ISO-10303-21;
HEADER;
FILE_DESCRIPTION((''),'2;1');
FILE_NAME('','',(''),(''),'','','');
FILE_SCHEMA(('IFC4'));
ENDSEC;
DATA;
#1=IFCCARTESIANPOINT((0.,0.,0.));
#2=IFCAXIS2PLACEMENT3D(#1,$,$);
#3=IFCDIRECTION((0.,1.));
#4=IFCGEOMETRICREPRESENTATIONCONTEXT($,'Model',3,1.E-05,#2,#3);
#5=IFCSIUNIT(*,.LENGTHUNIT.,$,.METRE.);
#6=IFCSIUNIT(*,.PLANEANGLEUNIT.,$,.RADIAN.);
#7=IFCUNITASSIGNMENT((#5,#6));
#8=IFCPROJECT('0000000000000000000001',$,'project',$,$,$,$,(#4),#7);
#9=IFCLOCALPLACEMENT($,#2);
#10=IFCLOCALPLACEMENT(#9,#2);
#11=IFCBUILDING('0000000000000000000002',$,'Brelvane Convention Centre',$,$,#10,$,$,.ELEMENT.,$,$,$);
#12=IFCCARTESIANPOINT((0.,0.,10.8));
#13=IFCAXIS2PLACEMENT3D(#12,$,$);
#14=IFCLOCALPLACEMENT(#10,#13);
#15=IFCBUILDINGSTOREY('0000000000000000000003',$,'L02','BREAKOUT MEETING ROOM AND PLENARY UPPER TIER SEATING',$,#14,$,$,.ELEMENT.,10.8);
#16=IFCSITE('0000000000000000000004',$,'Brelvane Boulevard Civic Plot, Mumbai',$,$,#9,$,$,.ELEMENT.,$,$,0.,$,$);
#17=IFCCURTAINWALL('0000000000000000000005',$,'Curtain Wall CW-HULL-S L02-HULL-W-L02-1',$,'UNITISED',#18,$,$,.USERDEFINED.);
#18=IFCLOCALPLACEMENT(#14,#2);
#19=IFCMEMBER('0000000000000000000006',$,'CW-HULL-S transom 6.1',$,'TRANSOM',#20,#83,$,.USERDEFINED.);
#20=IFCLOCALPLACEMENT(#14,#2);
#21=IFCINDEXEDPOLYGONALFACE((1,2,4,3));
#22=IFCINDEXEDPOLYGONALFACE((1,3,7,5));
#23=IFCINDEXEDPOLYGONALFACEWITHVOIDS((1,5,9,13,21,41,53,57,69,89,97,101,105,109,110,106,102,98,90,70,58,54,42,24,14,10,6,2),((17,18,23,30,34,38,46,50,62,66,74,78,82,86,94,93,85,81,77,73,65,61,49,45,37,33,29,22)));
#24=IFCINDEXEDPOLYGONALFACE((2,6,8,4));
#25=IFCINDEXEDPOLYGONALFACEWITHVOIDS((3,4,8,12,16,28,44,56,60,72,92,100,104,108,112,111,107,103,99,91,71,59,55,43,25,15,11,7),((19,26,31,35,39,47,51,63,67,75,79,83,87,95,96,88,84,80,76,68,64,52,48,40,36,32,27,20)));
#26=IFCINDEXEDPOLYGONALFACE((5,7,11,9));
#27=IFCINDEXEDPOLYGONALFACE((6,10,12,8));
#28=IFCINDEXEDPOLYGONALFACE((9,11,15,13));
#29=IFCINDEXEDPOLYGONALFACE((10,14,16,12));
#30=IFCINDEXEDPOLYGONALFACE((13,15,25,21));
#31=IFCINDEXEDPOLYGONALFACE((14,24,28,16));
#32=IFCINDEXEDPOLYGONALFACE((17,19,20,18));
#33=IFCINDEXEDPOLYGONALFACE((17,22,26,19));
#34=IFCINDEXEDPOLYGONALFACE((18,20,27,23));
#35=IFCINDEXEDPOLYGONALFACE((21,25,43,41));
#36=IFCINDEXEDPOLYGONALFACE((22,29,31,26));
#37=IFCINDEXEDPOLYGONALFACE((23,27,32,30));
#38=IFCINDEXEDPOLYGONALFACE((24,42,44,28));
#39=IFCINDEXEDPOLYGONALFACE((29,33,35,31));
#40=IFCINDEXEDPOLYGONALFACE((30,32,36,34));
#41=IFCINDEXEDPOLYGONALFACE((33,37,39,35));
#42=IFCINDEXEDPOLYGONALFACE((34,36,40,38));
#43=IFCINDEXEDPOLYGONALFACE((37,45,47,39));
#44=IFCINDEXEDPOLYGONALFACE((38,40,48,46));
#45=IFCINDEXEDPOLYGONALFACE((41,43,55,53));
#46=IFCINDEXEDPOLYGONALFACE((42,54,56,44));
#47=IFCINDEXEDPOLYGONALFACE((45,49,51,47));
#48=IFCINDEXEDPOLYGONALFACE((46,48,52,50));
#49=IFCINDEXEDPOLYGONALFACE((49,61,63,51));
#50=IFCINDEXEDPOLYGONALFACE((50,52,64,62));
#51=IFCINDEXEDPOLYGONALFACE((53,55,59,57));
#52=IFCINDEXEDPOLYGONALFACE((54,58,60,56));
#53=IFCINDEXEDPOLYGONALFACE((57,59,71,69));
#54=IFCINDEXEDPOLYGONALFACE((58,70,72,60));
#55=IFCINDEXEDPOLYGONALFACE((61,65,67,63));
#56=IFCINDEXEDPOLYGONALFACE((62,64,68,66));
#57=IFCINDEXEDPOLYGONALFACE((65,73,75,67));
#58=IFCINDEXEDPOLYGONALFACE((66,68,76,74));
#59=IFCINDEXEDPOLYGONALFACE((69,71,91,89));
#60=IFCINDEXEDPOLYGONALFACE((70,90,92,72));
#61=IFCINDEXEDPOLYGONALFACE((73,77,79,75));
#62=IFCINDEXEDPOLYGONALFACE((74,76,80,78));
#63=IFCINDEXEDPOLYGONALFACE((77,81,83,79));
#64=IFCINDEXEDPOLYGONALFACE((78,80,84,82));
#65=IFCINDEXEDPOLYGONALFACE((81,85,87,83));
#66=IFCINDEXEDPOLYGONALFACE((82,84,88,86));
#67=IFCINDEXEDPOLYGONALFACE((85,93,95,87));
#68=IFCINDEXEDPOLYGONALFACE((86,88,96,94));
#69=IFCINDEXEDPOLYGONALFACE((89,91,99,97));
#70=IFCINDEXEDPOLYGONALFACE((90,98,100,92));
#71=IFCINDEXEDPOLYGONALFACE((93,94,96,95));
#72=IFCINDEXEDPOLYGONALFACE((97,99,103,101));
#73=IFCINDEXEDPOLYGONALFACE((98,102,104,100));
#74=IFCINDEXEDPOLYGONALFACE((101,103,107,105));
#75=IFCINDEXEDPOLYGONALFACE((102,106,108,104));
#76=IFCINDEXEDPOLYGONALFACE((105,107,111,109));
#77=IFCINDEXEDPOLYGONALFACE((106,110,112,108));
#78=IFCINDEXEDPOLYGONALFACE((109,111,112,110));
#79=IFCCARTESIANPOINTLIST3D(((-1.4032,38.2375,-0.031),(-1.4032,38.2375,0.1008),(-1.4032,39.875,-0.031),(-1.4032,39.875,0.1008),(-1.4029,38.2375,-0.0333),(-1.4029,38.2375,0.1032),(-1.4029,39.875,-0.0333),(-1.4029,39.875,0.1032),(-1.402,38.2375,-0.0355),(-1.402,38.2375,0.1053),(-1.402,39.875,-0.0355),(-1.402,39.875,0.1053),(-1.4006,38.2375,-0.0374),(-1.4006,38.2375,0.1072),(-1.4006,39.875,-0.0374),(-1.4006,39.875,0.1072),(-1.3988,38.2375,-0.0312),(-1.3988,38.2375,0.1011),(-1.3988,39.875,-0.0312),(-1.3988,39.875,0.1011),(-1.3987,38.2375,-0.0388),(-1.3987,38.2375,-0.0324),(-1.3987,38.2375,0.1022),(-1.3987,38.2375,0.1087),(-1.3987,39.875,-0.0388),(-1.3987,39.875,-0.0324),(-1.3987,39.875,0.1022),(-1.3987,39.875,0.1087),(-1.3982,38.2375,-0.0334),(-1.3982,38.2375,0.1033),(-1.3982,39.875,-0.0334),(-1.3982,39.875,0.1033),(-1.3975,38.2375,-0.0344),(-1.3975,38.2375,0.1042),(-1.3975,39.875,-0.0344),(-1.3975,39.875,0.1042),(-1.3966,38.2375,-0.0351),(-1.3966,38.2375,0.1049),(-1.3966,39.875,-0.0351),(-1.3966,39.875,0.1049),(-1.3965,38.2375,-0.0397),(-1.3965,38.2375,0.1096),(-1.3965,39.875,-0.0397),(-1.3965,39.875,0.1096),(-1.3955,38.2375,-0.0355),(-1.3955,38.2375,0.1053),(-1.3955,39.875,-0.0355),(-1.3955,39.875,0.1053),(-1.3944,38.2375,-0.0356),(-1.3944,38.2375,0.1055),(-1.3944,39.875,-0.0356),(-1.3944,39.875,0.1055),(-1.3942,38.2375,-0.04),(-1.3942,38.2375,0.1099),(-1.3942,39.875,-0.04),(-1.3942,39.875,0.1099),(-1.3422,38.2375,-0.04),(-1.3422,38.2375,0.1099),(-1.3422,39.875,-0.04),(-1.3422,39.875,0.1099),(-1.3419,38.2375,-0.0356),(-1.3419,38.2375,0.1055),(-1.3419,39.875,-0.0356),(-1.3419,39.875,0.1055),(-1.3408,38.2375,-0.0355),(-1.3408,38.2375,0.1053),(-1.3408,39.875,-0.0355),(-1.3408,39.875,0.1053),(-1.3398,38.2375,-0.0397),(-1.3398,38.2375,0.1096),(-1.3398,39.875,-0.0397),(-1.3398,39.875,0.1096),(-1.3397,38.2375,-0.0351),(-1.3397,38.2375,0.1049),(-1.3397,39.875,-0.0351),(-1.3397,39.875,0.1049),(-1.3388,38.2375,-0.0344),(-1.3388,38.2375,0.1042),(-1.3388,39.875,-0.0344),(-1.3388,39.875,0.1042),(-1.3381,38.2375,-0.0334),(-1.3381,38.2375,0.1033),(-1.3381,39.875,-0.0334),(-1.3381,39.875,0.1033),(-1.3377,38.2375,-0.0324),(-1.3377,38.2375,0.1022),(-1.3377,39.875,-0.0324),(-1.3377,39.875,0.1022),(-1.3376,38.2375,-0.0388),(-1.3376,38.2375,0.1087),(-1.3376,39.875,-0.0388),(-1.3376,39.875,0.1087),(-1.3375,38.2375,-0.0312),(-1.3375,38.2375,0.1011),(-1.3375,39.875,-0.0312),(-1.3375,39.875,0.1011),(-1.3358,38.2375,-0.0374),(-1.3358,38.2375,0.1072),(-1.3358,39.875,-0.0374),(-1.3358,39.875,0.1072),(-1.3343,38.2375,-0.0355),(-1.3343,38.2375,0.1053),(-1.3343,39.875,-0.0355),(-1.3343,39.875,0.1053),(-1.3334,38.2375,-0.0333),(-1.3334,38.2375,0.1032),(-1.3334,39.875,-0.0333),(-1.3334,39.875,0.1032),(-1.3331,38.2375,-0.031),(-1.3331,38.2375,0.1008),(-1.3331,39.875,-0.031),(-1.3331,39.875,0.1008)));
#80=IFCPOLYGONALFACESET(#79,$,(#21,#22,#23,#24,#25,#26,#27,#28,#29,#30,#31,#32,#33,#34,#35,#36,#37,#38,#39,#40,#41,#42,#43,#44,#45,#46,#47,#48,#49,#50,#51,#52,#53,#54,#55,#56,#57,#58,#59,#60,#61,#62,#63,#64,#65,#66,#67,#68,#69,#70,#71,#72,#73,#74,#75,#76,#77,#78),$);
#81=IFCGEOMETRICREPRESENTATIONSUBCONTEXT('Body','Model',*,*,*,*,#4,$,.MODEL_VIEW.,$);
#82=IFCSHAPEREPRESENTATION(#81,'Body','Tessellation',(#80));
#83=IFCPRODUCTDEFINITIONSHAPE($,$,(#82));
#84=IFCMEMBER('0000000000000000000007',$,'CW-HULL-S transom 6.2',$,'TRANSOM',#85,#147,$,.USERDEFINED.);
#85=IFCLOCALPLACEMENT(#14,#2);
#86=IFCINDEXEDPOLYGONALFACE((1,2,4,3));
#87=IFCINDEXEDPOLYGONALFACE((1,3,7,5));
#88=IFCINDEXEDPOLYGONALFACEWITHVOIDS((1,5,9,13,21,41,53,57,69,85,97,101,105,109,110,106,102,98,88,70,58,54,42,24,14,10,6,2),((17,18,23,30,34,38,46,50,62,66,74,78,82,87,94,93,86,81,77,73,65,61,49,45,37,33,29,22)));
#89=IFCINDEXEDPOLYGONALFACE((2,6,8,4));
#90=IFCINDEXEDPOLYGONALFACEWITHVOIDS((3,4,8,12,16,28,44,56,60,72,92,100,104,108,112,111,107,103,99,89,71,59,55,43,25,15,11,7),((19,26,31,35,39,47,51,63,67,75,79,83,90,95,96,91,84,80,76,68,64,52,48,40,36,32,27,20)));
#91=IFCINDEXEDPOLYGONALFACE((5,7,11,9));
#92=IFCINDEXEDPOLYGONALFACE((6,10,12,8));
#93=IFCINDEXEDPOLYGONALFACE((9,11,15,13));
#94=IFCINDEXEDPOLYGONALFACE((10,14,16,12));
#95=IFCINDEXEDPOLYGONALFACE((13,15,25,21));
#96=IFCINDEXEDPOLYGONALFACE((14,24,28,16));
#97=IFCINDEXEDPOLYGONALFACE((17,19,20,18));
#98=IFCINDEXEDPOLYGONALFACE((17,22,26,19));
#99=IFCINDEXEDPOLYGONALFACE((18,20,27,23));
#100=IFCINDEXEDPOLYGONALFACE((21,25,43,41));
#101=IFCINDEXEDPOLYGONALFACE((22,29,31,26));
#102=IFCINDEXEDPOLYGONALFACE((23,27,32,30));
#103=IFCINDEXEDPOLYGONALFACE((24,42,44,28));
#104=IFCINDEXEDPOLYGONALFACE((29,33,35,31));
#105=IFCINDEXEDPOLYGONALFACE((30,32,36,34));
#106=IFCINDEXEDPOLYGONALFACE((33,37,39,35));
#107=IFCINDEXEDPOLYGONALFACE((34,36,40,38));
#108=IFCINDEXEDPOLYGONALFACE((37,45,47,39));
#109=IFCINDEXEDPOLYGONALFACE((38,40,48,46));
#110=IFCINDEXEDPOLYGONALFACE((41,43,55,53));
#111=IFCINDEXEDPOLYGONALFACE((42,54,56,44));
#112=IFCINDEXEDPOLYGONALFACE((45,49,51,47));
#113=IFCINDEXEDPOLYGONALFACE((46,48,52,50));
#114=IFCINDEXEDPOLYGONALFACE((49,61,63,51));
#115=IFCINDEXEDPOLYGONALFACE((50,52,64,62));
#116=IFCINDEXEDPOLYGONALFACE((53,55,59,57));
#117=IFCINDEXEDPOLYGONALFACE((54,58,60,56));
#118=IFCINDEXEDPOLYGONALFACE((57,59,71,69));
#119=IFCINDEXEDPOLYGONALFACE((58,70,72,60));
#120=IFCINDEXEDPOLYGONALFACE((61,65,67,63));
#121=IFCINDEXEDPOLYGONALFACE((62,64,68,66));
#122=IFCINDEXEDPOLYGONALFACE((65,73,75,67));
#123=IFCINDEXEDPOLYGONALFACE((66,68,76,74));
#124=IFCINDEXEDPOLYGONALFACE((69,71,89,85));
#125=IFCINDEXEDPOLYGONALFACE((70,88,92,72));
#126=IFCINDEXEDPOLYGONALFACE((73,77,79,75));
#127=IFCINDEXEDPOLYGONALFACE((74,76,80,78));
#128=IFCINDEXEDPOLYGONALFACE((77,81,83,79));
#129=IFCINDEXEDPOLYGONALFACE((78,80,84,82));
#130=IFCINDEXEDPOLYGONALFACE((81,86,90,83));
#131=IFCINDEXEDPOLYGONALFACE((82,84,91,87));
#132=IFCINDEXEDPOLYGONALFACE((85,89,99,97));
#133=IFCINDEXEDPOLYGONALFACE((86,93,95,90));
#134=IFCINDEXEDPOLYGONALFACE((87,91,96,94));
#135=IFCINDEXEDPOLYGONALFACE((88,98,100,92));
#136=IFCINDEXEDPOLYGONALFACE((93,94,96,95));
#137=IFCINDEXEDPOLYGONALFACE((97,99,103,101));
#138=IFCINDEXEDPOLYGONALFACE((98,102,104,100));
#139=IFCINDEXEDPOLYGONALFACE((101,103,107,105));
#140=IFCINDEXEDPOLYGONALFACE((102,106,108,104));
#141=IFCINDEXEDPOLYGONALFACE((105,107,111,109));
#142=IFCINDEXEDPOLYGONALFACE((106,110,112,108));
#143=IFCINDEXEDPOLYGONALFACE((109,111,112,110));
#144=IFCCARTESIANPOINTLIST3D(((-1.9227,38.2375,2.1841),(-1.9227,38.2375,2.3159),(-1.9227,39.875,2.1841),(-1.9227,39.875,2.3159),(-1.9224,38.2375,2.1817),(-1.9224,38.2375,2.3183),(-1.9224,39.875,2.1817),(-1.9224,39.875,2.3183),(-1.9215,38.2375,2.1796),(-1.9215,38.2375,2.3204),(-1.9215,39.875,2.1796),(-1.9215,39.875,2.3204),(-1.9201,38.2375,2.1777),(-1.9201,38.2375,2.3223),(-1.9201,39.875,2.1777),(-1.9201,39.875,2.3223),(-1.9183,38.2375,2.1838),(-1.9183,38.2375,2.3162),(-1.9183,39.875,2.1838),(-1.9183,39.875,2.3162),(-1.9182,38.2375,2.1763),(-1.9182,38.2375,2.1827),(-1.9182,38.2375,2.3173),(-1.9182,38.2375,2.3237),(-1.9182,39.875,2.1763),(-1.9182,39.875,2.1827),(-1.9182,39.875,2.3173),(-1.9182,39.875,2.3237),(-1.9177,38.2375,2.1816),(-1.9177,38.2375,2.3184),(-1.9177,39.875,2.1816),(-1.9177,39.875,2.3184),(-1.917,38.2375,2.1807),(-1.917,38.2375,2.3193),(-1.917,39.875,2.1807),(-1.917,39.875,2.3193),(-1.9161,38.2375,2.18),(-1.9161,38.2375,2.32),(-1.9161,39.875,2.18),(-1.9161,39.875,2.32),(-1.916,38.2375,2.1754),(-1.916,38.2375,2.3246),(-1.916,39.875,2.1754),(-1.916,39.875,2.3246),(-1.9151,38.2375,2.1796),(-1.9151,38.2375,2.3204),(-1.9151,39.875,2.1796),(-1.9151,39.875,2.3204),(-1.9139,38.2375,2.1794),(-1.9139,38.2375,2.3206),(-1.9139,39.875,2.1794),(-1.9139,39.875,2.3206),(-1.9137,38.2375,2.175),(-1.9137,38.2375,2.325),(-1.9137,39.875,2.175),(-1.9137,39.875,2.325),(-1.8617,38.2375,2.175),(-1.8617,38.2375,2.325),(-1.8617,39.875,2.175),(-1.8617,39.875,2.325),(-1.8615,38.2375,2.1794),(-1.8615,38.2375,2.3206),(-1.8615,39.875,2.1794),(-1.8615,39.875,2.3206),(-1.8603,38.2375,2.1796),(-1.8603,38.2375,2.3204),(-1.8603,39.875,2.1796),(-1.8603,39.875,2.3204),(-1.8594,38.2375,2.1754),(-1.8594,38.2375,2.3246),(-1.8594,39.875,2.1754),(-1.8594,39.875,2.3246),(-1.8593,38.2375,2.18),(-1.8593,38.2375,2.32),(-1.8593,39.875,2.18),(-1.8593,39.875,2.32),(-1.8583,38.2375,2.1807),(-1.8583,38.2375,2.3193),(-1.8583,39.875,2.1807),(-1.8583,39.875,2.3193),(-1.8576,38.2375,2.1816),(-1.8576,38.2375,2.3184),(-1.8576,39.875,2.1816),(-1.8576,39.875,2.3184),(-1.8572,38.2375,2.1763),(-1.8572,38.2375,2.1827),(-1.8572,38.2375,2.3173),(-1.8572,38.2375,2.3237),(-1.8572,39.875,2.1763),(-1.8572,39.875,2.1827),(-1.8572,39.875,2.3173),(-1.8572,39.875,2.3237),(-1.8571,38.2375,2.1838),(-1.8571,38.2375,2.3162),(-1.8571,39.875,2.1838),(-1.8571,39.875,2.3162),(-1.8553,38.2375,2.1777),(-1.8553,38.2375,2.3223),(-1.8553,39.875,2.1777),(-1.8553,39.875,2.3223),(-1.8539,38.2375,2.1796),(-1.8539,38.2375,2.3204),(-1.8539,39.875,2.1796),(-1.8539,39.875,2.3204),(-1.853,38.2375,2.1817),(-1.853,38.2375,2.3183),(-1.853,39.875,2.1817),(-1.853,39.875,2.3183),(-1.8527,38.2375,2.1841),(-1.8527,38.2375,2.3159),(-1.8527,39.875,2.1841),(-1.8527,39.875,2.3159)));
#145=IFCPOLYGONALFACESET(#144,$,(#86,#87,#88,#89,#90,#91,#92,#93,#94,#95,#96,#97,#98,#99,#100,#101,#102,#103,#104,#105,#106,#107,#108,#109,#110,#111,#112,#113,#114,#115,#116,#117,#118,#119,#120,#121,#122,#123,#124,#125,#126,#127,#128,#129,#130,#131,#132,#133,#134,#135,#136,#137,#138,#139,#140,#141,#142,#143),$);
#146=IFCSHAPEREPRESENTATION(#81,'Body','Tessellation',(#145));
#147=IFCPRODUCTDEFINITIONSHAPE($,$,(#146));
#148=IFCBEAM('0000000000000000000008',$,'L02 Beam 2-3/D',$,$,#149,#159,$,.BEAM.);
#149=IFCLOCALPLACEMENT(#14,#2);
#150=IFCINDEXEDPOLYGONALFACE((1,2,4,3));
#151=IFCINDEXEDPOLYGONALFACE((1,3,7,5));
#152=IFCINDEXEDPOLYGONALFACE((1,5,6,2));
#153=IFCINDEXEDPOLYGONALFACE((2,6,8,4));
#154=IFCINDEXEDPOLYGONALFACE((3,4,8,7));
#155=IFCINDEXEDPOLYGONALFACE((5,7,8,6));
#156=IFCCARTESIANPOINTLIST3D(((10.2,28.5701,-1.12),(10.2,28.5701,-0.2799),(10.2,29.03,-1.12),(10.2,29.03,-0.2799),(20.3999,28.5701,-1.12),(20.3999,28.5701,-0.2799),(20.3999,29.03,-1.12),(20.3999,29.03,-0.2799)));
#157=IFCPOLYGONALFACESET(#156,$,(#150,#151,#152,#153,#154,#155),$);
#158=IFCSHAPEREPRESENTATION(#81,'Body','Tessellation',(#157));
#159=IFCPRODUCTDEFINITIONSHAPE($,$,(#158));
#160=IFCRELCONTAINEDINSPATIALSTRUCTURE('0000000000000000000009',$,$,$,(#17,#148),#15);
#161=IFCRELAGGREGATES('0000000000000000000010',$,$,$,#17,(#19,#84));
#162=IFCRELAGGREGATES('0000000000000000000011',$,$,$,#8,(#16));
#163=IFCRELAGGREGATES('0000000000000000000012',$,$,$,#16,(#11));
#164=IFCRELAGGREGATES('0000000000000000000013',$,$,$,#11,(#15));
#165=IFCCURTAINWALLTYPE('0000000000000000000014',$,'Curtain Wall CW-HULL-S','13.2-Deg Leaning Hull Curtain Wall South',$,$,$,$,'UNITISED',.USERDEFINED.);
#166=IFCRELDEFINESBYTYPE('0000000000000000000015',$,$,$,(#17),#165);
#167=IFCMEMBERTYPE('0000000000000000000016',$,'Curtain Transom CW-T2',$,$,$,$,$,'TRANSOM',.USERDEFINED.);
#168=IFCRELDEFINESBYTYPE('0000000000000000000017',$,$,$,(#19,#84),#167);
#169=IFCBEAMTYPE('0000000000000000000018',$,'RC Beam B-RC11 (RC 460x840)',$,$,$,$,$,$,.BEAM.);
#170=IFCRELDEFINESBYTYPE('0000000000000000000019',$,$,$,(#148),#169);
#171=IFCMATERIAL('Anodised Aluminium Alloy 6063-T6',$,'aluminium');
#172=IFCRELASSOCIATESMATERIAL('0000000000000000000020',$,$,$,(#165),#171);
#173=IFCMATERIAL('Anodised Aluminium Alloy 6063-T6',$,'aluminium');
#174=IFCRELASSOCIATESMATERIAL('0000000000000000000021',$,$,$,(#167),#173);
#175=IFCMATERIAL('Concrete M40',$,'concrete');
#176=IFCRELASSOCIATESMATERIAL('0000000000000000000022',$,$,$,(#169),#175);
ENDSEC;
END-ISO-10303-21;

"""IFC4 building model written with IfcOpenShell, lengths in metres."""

from ifc_helpers import new_model, si_unit, direction, frame, origin, origin_2d, place, context, subcontext, project, spatial, rectangle, hollow_rectangle, extrude, material, material_profile, profile_set, type_object, element, aggregate, save


model = new_model("IFC4")

# Units and contexts
model_context = context("Model", 3, precision=1e-05, world=origin(), true_north=direction((0.0, 1.0)))
body_context = subcontext(model_context, "Body", "Model", "MODEL_VIEW")
ifc_project = project(units=[si_unit("LENGTHUNIT", "METRE"), si_unit("PLANEANGLEUNIT", "RADIAN")], contexts=[model_context])

# Site, building, storey
site_placement = place(None, origin())
site = spatial("IfcSite", under=ifc_project, at=site_placement, Name="Brelvane Boulevard Civic Plot, Mumbai", CompositionType="ELEMENT", RefElevation=0.0)
building_placement = place(site_placement, origin())
building = spatial("IfcBuilding", under=site, at=building_placement, Name="Brelvane Convention Centre", CompositionType="ELEMENT")
storey_placement = place(building_placement, frame((0.0, 0.0, 10.8)))
storey = spatial("IfcBuildingStorey", under=building, at=storey_placement, Name="L02", Description="BREAKOUT MEETING ROOM AND PLENARY UPPER TIER SEATING", CompositionType="ELEMENT", Elevation=10.8)

# Curtain wall
ifc_material_1 = material(Name="Anodised Aluminium Alloy 6063-T6", Category="aluminium")
curtain_wall_type = type_object("IfcCurtainWallType", Name="Curtain Wall CW-HULL-S", Description="13.2-Deg Leaning Hull Curtain Wall South", ElementType="UNITISED", PredefinedType="USERDEFINED", material=ifc_material_1)
curtain_wall_1_placement = place(storey_placement, origin())
curtain_wall_1 = element("IfcCurtainWall", 1, at=curtain_wall_1_placement, inside=storey, type_object=curtain_wall_type, Name="Curtain Wall CW-HULL-S L02-HULL-W-L02-1", ObjectType="UNITISED", PredefinedType="USERDEFINED")

# Members
ifc_material_2 = material(Name="Anodised Aluminium Alloy 6063-T6", Category="aluminium")
ifc_material_profile_1 = material_profile(ifc_material_2, hollow_rectangle(XDim=0.0701, YDim=0.1499, WallThickness=0.0044, InnerFilletRadius=0.0044, OuterFilletRadius=0.009, at=origin_2d()), Name="ALU-T 150x70x4.5")
ifc_profile_set_1 = profile_set([ifc_material_profile_1], Name="Anodised Aluminium Alloy 6063-T6")
member_type_1 = type_object("IfcMemberType", Name="Curtain Transom CW-T2", ElementType="TRANSOM", PredefinedType="USERDEFINED", material=ifc_profile_set_1)
member_1_placement = place(storey_placement, frame((-1.3682, 38.2375, 0.0349), z_axis=(0.0, 1.0, 0.0), x_axis=(-1.0, 0.0, 0.0)))
member_1 = element("IfcMember", 2, at=member_1_placement, type_object=member_type_1, Name="CW-HULL-S transom 6.1", ObjectType="TRANSOM", PredefinedType="USERDEFINED", context=body_context, shape_type="SweptSolid", body=[
    extrude(hollow_rectangle(XDim=0.0701, YDim=0.1499, WallThickness=0.0044, InnerFilletRadius=0.0044, OuterFilletRadius=0.009, at=origin_2d()), origin(), (0.0, 0.0, 1.0), 1.6375),
])
member_2_placement = place(storey_placement, frame((-1.8877, 38.2375, 2.25), z_axis=(0.0, 1.0, 0.0), x_axis=(-1.0, 0.0, 0.0)))
member_2 = element("IfcMember", 3, at=member_2_placement, type_object=member_type_1, Name="CW-HULL-S transom 6.2", ObjectType="TRANSOM", PredefinedType="USERDEFINED", context=body_context, shape_type="SweptSolid", body=[
    extrude(hollow_rectangle(XDim=0.0701, YDim=0.1499, WallThickness=0.0044, InnerFilletRadius=0.0044, OuterFilletRadius=0.009, at=origin_2d()), origin(), (0.0, 0.0, 1.0), 1.6375),
])

# Beam
ifc_material_3 = material(Name="Concrete M40", Category="concrete")
ifc_material_profile_2 = material_profile(ifc_material_3, rectangle(XDim=0.46, YDim=0.8401, at=origin_2d()), Name="RC 460x840")
ifc_profile_set_2 = profile_set([ifc_material_profile_2], Name="Concrete M40")
beam_type_1 = type_object("IfcBeamType", Name="RC Beam B-RC11 (RC 460x840)", PredefinedType="BEAM", material=ifc_profile_set_2)
beam_1_placement = place(storey_placement, frame((10.2, 28.8, -0.7), z_axis=(1.0, 0.0, 0.0), x_axis=(0.0, 1.0, 0.0)))
element("IfcBeam", 4, at=beam_1_placement, inside=storey, type_object=beam_type_1, Name="L02 Beam 2-3/D", PredefinedType="BEAM", context=body_context, shape_type="SweptSolid", body=[
    extrude(rectangle(XDim=0.46, YDim=0.8401, at=origin_2d()), origin(), (0.0, 0.0, 1.0), 10.2),
])

aggregate(curtain_wall_1, [member_1, member_2])

save(model, "model.ifc")
